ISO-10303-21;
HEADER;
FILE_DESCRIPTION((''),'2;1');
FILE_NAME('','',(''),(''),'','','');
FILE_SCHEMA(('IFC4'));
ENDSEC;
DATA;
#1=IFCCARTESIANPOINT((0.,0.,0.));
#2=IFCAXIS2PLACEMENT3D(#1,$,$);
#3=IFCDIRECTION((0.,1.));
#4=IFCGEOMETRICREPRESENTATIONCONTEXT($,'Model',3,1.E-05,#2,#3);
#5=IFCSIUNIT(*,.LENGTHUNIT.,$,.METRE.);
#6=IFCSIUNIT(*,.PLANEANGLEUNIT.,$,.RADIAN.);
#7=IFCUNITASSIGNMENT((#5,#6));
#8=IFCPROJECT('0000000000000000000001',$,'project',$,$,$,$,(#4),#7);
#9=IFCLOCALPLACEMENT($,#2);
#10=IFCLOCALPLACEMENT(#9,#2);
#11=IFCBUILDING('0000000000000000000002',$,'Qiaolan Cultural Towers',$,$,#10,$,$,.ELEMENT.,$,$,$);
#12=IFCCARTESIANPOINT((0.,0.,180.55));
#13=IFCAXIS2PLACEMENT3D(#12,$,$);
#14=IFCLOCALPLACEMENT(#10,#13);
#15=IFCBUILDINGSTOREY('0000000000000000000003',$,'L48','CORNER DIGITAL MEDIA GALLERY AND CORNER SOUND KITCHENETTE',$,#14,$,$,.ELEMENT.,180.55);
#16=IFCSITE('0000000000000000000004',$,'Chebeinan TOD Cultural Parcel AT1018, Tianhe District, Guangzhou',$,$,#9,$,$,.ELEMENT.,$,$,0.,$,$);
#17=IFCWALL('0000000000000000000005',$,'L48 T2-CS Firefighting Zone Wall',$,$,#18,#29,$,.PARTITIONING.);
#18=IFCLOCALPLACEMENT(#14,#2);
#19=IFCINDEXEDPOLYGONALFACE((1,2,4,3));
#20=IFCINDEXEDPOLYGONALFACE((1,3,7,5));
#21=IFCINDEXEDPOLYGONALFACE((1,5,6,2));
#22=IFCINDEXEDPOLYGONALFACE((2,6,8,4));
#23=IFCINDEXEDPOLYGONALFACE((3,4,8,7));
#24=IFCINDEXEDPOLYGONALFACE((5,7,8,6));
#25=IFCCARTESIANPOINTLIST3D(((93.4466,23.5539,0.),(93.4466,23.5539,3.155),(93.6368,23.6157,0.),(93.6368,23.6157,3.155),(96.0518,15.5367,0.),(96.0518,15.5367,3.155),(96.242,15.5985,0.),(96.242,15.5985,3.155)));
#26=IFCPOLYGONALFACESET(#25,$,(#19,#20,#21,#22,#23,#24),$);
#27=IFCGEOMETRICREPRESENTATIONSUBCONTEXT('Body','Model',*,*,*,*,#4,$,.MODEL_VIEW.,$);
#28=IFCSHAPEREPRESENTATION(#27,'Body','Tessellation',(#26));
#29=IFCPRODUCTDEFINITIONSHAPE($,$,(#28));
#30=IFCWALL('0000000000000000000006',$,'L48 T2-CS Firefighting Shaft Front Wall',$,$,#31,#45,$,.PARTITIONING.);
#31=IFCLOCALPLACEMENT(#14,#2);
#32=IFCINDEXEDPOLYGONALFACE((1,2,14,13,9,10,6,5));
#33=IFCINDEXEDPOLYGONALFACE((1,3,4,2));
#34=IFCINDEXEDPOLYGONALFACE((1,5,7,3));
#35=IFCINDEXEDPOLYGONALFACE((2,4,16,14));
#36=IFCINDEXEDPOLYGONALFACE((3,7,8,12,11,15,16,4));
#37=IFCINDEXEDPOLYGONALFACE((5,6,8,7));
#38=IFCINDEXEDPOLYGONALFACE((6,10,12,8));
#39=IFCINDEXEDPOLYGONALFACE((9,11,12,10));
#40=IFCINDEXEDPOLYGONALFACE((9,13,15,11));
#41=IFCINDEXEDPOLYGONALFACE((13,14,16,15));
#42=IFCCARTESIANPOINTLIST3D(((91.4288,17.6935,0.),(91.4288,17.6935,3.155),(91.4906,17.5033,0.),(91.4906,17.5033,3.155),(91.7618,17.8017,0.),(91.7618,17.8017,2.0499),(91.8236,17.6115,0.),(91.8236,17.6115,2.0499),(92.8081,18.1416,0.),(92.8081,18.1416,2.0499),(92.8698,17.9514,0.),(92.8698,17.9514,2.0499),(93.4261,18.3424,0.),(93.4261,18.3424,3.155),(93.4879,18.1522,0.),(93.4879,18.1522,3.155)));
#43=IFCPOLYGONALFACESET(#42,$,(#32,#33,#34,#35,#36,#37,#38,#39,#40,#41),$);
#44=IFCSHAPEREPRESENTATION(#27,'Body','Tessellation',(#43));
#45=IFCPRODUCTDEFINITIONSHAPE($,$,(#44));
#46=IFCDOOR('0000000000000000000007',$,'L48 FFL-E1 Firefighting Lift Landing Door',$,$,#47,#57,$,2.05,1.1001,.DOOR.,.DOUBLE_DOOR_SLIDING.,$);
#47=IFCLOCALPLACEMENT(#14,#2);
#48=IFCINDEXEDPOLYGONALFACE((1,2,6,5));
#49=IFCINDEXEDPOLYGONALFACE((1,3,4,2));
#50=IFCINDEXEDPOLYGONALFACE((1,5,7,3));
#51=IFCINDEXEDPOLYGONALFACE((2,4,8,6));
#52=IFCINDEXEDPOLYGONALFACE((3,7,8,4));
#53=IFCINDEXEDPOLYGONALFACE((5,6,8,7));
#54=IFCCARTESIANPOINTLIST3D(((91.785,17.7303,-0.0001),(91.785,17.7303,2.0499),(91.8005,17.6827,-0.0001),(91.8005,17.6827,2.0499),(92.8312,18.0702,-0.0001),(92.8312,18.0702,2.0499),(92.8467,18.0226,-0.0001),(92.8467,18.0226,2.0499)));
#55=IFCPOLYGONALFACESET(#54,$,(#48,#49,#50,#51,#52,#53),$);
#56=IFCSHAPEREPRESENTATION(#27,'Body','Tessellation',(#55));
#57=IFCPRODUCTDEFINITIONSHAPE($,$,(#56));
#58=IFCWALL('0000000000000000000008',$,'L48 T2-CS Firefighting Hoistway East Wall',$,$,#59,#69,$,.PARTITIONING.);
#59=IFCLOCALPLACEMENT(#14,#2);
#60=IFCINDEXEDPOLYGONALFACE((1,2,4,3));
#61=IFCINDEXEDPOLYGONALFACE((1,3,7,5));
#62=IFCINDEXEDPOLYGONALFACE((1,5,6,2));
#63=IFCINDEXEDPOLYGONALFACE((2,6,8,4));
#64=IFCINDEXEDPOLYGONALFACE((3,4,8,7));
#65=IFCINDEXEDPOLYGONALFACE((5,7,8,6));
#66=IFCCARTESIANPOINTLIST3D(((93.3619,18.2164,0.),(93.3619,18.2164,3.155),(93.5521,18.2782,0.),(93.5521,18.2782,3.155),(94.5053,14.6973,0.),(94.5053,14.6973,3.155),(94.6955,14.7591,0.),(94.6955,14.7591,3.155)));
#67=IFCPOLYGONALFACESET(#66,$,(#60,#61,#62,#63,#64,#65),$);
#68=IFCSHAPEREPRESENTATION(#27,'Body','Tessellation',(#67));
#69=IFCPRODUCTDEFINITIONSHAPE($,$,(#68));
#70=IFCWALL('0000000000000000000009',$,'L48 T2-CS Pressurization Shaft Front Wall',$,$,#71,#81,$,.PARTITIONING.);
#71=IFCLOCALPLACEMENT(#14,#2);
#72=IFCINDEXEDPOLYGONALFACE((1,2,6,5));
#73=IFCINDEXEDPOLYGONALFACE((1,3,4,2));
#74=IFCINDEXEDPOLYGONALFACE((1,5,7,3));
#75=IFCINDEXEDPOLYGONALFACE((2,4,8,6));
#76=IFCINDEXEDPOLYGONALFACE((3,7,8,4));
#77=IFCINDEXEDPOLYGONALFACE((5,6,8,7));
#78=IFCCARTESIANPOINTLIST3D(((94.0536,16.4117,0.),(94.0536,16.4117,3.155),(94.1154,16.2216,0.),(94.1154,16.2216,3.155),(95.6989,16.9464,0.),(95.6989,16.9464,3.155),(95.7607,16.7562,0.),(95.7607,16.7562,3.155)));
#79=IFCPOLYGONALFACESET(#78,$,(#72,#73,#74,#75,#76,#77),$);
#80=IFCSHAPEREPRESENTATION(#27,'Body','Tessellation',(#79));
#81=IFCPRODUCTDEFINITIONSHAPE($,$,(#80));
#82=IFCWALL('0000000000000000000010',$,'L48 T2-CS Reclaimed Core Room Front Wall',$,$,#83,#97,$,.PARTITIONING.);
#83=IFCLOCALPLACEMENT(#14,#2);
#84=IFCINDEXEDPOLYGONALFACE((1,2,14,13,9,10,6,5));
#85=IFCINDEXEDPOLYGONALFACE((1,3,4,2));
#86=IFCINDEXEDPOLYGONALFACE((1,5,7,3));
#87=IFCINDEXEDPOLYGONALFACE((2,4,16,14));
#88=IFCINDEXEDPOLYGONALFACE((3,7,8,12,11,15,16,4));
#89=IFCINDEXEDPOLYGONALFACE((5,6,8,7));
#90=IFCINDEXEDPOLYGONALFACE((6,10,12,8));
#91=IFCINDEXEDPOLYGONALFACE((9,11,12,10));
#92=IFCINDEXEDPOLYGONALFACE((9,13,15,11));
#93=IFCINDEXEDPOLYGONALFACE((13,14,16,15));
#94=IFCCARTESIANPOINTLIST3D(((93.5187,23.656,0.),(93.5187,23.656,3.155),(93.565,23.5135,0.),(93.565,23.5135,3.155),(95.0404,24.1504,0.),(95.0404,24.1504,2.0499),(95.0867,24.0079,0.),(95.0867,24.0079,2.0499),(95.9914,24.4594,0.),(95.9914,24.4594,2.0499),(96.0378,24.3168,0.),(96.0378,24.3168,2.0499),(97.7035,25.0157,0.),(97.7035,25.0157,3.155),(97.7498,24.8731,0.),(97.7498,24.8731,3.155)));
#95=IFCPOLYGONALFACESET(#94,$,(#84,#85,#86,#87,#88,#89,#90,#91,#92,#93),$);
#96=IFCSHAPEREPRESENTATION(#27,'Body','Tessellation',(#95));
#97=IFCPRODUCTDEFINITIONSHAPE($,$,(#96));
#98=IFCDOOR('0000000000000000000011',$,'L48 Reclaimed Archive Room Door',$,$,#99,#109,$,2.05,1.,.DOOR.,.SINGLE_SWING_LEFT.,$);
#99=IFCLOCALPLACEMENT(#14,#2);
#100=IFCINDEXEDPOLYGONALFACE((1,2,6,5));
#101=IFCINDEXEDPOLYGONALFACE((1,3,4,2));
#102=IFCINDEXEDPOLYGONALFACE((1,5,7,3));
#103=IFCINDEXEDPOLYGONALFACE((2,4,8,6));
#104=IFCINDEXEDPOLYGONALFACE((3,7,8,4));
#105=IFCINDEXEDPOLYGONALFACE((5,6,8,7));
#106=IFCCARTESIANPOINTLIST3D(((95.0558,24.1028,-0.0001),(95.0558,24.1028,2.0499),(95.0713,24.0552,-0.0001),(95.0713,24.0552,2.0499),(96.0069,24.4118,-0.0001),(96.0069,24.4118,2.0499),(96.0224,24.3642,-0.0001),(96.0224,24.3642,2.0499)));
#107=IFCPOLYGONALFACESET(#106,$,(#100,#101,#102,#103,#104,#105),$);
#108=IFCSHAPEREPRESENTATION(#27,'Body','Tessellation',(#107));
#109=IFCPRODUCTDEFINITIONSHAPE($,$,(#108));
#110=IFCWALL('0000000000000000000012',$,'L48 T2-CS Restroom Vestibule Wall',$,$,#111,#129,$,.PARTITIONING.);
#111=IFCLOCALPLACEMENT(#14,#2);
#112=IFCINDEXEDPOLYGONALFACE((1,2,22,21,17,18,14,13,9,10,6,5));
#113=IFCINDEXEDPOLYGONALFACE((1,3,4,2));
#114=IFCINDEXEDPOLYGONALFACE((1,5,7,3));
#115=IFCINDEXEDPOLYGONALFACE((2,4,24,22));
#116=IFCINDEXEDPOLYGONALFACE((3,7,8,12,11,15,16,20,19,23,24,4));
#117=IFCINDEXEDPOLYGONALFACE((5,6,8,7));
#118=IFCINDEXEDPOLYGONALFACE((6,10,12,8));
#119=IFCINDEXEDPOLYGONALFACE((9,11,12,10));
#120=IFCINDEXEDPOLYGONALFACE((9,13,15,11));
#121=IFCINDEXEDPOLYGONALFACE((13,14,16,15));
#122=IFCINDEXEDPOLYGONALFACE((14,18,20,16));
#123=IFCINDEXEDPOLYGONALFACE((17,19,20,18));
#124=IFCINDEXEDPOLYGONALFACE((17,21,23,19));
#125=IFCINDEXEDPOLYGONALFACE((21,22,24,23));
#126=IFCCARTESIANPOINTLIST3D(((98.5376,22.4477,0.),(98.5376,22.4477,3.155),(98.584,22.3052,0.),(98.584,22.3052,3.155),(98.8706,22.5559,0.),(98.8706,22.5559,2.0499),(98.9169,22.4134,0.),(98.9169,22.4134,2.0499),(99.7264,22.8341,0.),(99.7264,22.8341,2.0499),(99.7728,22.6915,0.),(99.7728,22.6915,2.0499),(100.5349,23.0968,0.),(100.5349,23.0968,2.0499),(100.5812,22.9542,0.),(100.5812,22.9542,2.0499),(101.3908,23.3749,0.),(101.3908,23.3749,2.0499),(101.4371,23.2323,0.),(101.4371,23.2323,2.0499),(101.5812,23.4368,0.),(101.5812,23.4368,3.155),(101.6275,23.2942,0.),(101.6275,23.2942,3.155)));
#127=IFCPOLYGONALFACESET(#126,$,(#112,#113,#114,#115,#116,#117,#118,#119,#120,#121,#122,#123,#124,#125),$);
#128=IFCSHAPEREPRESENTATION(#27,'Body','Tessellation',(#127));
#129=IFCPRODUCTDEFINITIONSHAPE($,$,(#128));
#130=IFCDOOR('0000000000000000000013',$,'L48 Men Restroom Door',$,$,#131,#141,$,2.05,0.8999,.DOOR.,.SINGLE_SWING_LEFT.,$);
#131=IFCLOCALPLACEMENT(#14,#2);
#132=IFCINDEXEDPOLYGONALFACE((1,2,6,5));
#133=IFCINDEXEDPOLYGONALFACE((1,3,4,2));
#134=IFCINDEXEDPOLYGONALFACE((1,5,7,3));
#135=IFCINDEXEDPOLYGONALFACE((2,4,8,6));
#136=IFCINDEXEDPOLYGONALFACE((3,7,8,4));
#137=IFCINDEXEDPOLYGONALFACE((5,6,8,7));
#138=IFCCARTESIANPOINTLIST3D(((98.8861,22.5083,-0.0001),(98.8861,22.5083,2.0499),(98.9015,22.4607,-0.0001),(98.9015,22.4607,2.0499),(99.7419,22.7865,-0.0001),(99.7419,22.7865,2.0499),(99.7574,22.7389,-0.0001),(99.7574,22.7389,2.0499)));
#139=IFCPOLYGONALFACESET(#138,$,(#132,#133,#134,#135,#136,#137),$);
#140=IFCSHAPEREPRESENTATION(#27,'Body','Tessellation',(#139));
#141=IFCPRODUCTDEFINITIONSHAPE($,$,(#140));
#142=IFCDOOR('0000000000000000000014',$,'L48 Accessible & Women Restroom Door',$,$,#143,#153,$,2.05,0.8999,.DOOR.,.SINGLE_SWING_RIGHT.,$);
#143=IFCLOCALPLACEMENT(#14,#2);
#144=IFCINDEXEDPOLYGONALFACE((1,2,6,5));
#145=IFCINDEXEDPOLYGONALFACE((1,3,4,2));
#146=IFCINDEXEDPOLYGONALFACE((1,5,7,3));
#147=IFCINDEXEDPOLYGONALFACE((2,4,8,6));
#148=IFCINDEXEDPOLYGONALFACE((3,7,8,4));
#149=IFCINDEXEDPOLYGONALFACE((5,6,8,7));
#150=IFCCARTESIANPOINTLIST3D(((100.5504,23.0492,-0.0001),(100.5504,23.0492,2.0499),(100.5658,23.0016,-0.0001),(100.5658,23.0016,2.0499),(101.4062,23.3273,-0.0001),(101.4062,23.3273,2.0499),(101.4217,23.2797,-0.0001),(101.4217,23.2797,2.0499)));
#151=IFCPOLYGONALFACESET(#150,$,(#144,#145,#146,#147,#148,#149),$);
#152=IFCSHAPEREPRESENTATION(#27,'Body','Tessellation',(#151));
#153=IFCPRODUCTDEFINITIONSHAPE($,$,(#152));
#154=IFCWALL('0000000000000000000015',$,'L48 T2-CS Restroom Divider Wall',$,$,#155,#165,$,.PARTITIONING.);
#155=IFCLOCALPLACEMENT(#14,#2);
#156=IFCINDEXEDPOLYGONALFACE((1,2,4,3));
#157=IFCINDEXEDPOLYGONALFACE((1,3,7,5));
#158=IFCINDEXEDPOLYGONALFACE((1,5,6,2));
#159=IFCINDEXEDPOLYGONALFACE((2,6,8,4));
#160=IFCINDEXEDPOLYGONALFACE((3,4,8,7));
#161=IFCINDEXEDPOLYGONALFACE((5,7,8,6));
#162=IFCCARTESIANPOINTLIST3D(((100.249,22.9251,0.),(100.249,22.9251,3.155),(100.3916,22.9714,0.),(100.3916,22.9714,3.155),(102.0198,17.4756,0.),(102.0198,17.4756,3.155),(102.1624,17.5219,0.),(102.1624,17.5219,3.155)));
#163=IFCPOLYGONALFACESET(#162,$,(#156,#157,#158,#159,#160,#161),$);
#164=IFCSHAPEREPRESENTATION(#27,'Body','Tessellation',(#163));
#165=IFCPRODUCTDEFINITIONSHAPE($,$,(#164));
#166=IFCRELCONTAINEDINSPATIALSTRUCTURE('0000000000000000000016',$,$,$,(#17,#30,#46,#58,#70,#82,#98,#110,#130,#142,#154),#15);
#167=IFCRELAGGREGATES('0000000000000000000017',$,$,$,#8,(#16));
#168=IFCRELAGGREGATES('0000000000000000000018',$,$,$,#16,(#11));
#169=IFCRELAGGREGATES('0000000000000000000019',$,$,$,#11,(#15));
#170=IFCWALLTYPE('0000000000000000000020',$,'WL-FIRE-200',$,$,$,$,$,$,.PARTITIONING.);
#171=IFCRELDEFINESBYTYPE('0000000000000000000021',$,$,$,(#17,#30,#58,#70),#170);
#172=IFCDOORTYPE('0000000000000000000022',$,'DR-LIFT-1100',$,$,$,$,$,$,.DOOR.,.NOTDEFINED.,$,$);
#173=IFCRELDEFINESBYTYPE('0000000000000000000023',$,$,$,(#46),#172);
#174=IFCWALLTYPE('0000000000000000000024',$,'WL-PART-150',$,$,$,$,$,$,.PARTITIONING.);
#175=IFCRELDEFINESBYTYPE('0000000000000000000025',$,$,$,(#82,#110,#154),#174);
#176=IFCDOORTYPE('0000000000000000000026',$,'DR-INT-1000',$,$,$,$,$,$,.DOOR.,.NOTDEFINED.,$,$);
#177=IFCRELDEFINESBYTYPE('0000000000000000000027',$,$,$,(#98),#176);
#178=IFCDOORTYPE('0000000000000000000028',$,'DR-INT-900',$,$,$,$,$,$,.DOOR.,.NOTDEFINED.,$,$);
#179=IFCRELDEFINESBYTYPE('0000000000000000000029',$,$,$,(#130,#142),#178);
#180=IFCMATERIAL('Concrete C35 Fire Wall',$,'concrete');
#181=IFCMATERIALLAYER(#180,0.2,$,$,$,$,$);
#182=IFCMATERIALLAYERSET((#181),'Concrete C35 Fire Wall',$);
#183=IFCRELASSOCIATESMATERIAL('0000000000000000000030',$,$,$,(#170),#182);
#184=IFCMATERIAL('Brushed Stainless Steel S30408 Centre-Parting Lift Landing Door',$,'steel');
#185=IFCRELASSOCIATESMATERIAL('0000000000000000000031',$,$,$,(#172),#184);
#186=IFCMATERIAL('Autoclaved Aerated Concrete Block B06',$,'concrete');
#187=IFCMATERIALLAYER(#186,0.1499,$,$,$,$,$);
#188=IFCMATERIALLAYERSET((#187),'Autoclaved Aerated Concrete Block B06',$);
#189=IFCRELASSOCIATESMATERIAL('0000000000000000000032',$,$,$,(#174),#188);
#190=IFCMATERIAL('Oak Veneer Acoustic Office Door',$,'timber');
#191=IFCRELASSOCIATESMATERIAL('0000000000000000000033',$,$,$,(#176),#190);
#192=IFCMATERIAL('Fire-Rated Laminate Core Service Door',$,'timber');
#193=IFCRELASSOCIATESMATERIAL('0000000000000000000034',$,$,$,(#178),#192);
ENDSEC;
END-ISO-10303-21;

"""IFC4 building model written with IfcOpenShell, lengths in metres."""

from ifc_helpers import new_model, si_unit, direction, frame, frame_2d, origin, place, context, subcontext, project, spatial, rectangle, extrude, material, layer, layer_set, type_object, element, fill, save


model = new_model("IFC4")

# Units and contexts
model_context = context("Model", 3, precision=1e-05, world=origin(), true_north=direction((0.0, 1.0)))
body_context = subcontext(model_context, "Body", "Model", "MODEL_VIEW")
ifc_project = project(units=[si_unit("LENGTHUNIT", "METRE"), si_unit("PLANEANGLEUNIT", "RADIAN")], contexts=[model_context])

# Site, building, storey
site_placement = place(None, origin())
site = spatial("IfcSite", under=ifc_project, at=site_placement, Name="Chebeinan TOD Cultural Parcel AT1018, Tianhe District, Guangzhou", CompositionType="ELEMENT", RefElevation=0.0)
building_placement = place(site_placement, origin())
building = spatial("IfcBuilding", under=site, at=building_placement, Name="Qiaolan Cultural Towers", CompositionType="ELEMENT")
storey_placement = place(building_placement, frame((0.0, 0.0, 180.55)))
storey = spatial("IfcBuildingStorey", under=building, at=storey_placement, Name="L48", Description="CORNER DIGITAL MEDIA GALLERY AND CORNER SOUND KITCHENETTE", CompositionType="ELEMENT", Elevation=180.55)

# Wall
ifc_material_1 = material(Name="Concrete C35 Fire Wall", Category="concrete")
ifc_layer_1 = layer(ifc_material_1, 0.2)
ifc_layer_set_1 = layer_set([ifc_layer_1], Name="Concrete C35 Fire Wall")
wall_type_1 = type_object("IfcWallType", Name="WL-FIRE-200", PredefinedType="PARTITIONING", material=ifc_layer_set_1)
wall_1_placement = place(storey_placement, frame((93.5417, 23.5847, 0.0), z_axis=(0.0, 0.0, 1.0), x_axis=(0.309042, -0.951048, 0.0)))
element("IfcWall", 1, at=wall_1_placement, inside=storey, type_object=wall_type_1, Name="L48 T2-CS Firefighting Zone Wall", PredefinedType="PARTITIONING", context=body_context, shape_type="SweptSolid", body=[
    extrude(rectangle(XDim=8.4299, YDim=0.2, at=frame_2d((4.2148, 0.0))), origin(), (0.0, 0.0, 1.0), 3.155),
])

# Wall, opening, door
wall_2_placement = place(storey_placement, frame((91.4597, 17.5984, 0.0), z_axis=(0.0, 0.0, 1.0), x_axis=(0.951062, 0.308999, 0.0)))
wall_2 = element("IfcWall", 2, at=wall_2_placement, inside=storey, type_object=wall_type_1, Name="L48 T2-CS Firefighting Shaft Front Wall", PredefinedType="PARTITIONING", context=body_context, shape_type="SweptSolid", body=[
    extrude(rectangle(XDim=2.1001, YDim=0.2, at=frame_2d((1.05, 0.0))), origin(), (0.0, 0.0, 1.0), 3.155),
])
opening_1_placement = place(wall_2_placement, frame((0.3501, 0.0, 0.0)))
opening_1 = element("IfcOpeningElement", 3, at=opening_1_placement, cuts=wall_2, PredefinedType="OPENING", context=body_context, shape_type="SweptSolid", body=[
    extrude(rectangle(XDim=1.1001, YDim=2.05, at=frame_2d((0.55, 1.0249))), frame((0.0, 0.1099, 0.0), z_axis=(0.0, -1.0, 0.0), x_axis=(1.0, 0.0, 0.0)), (0.0, 0.0, 1.0), 0.22),
])
ifc_material_2 = material(Name="Brushed Stainless Steel S30408 Centre-Parting Lift Landing Door", Category="steel")
door_type_1 = type_object("IfcDoorType", Name="DR-LIFT-1100", OperationType="NOTDEFINED", PredefinedType="DOOR", material=ifc_material_2)
door_1_placement = place(opening_1_placement, origin())
door_1 = element("IfcDoor", 4, at=door_1_placement, inside=storey, type_object=door_type_1, Name="L48 FFL-E1 Firefighting Lift Landing Door", OperationType="DOUBLE_DOOR_SLIDING", OverallHeight=2.05, OverallWidth=1.1001, PredefinedType="DOOR", context=body_context, shape_type="SweptSolid", body=[
    extrude(rectangle(XDim=1.1001, YDim=2.05, at=frame_2d((0.55, 1.0249))), frame((0.0, 0.0249, 0.0), z_axis=(0.0, -1.0, 0.0), x_axis=(1.0, 0.0, 0.0)), (0.0, 0.0, 1.0), 0.05),
])
fill(opening_1, door_1)

# Walls
wall_3_placement = place(storey_placement, frame((93.457, 18.2473, 0.0), z_axis=(0.0, 0.0, 1.0), x_axis=(0.308994, -0.951064, 0.0)))
element("IfcWall", 5, at=wall_3_placement, inside=storey, type_object=wall_type_1, Name="L48 T2-CS Firefighting Hoistway East Wall", PredefinedType="PARTITIONING", context=body_context, shape_type="SweptSolid", body=[
    extrude(rectangle(XDim=3.7002, YDim=0.2, at=frame_2d((1.8501, 0.0))), origin(), (0.0, 0.0, 1.0), 3.155),
])
wall_4_placement = place(storey_placement, frame((94.0845, 16.3167, 0.0), z_axis=(0.0, 0.0, 1.0), x_axis=(0.951041, 0.309064, 0.0)))
element("IfcWall", 6, at=wall_4_placement, inside=storey, type_object=wall_type_1, Name="L48 T2-CS Pressurization Shaft Front Wall", PredefinedType="PARTITIONING", context=body_context, shape_type="SweptSolid", body=[
    extrude(rectangle(XDim=1.73, YDim=0.2, at=frame_2d((0.865, 0.0))), origin(), (0.0, 0.0, 1.0), 3.155),
])

# Wall, opening, door
ifc_material_3 = material(Name="Autoclaved Aerated Concrete Block B06", Category="concrete")
ifc_layer_2 = layer(ifc_material_3, 0.1499)
ifc_layer_set_2 = layer_set([ifc_layer_2], Name="Autoclaved Aerated Concrete Block B06")
wall_type_2 = type_object("IfcWallType", Name="WL-PART-150", PredefinedType="PARTITIONING", material=ifc_layer_set_2)
wall_5_placement = place(storey_placement, frame((93.5417, 23.5847, 0.0), z_axis=(0.0, 0.0, 1.0), x_axis=(0.951064, 0.308994, 0.0)))
wall_5 = element("IfcWall", 7, at=wall_5_placement, inside=storey, type_object=wall_type_2, Name="L48 T2-CS Reclaimed Core Room Front Wall", PredefinedType="PARTITIONING", context=body_context, shape_type="SweptSolid", body=[
    extrude(rectangle(XDim=4.4001, YDim=0.1499, at=frame_2d((2.2002, 0.0))), origin(), (0.0, 0.0, 1.0), 3.155),
])
opening_2_placement = place(wall_5_placement, frame((1.6001, 0.0, 0.0)))
opening_2 = element("IfcOpeningElement", 8, at=opening_2_placement, cuts=wall_5, PredefinedType="OPENING", context=body_context, shape_type="SweptSolid", body=[
    extrude(rectangle(XDim=1.0, YDim=2.05, at=frame_2d((0.5, 1.0249))), frame((0.0, 0.085, 0.0), z_axis=(0.0, -1.0, 0.0), x_axis=(1.0, 0.0, 0.0)), (0.0, 0.0, 1.0), 0.1699),
])
ifc_material_4 = material(Name="Oak Veneer Acoustic Office Door", Category="timber")
door_type_2 = type_object("IfcDoorType", Name="DR-INT-1000", OperationType="NOTDEFINED", PredefinedType="DOOR", material=ifc_material_4)
door_2_placement = place(opening_2_placement, origin())
door_2 = element("IfcDoor", 9, at=door_2_placement, inside=storey, type_object=door_type_2, Name="L48 Reclaimed Archive Room Door", OperationType="SINGLE_SWING_LEFT", OverallHeight=2.05, OverallWidth=1.0, PredefinedType="DOOR", context=body_context, shape_type="SweptSolid", body=[
    extrude(rectangle(XDim=1.0, YDim=2.05, at=frame_2d((0.5, 1.0249))), frame((0.0, 0.0249, 0.0), z_axis=(0.0, -1.0, 0.0), x_axis=(1.0, 0.0, 0.0)), (0.0, 0.0, 1.0), 0.05),
])
fill(opening_2, door_2)

# Wall, openings, doors
wall_6_placement = place(storey_placement, frame((98.5608, 22.3765, 0.0), z_axis=(0.0, 0.0, 1.0), x_axis=(0.951044, 0.309055, 0.0)))
wall_6 = element("IfcWall", 10, at=wall_6_placement, inside=storey, type_object=wall_type_2, Name="L48 T2-CS Restroom Vestibule Wall", PredefinedType="PARTITIONING", context=body_context, shape_type="SweptSolid", body=[
    extrude(rectangle(XDim=3.2002, YDim=0.1499, at=frame_2d((1.6001, 0.0))), origin(), (0.0, 0.0, 1.0), 3.155),
])
opening_3_placement = place(wall_6_placement, frame((0.3501, 0.0, 0.0)))
opening_3 = element("IfcOpeningElement", 11, at=opening_3_placement, cuts=wall_6, PredefinedType="OPENING", context=body_context, shape_type="SweptSolid", body=[
    extrude(rectangle(XDim=0.8999, YDim=2.05, at=frame_2d((0.45, 1.0249))), frame((0.0, 0.085, 0.0), z_axis=(0.0, -1.0, 0.0), x_axis=(1.0, 0.0, 0.0)), (0.0, 0.0, 1.0), 0.1699),
])
opening_4_placement = place(wall_6_placement, frame((2.1001, 0.0, 0.0)))
opening_4 = element("IfcOpeningElement", 12, at=opening_4_placement, cuts=wall_6, PredefinedType="OPENING", context=body_context, shape_type="SweptSolid", body=[
    extrude(rectangle(XDim=0.8999, YDim=2.05, at=frame_2d((0.45, 1.0249))), frame((0.0, 0.085, 0.0), z_axis=(0.0, -1.0, 0.0), x_axis=(1.0, 0.0, 0.0)), (0.0, 0.0, 1.0), 0.1699),
])
ifc_material_5 = material(Name="Fire-Rated Laminate Core Service Door", Category="timber")
door_type_3 = type_object("IfcDoorType", Name="DR-INT-900", OperationType="NOTDEFINED", PredefinedType="DOOR", material=ifc_material_5)
door_3_placement = place(opening_3_placement, origin())
door_3 = element("IfcDoor", 13, at=door_3_placement, inside=storey, type_object=door_type_3, Name="L48 Men Restroom Door", OperationType="SINGLE_SWING_LEFT", OverallHeight=2.05, OverallWidth=0.8999, PredefinedType="DOOR", context=body_context, shape_type="SweptSolid", body=[
    extrude(rectangle(XDim=0.8999, YDim=2.05, at=frame_2d((0.45, 1.0249))), frame((0.0, 0.0249, 0.0), z_axis=(0.0, -1.0, 0.0), x_axis=(1.0, 0.0, 0.0)), (0.0, 0.0, 1.0), 0.05),
])
fill(opening_3, door_3)
door_4_placement = place(opening_4_placement, origin())
door_4 = element("IfcDoor", 14, at=door_4_placement, inside=storey, type_object=door_type_3, Name="L48 Accessible & Women Restroom Door", OperationType="SINGLE_SWING_RIGHT", OverallHeight=2.05, OverallWidth=0.8999, PredefinedType="DOOR", context=body_context, shape_type="SweptSolid", body=[
    extrude(rectangle(XDim=0.8999, YDim=2.05, at=frame_2d((0.45, 1.0249))), frame((0.0, 0.0249, 0.0), z_axis=(0.0, -1.0, 0.0), x_axis=(1.0, 0.0, 0.0)), (0.0, 0.0, 1.0), 0.05),
])
fill(opening_4, door_4)

# Wall
wall_7_placement = place(storey_placement, frame((100.3203, 22.9482, 0.0), z_axis=(0.0, 0.0, 1.0), x_axis=(0.309035, -0.951051, 0.0)))
element("IfcWall", 15, at=wall_7_placement, inside=storey, type_object=wall_type_2, Name="L48 T2-CS Restroom Divider Wall", PredefinedType="PARTITIONING", context=body_context, shape_type="SweptSolid", body=[
    extrude(rectangle(XDim=5.73, YDim=0.1499, at=frame_2d((2.865, 0.0))), origin(), (0.0, 0.0, 1.0), 3.155),
])

save(model, "model.ifc")
